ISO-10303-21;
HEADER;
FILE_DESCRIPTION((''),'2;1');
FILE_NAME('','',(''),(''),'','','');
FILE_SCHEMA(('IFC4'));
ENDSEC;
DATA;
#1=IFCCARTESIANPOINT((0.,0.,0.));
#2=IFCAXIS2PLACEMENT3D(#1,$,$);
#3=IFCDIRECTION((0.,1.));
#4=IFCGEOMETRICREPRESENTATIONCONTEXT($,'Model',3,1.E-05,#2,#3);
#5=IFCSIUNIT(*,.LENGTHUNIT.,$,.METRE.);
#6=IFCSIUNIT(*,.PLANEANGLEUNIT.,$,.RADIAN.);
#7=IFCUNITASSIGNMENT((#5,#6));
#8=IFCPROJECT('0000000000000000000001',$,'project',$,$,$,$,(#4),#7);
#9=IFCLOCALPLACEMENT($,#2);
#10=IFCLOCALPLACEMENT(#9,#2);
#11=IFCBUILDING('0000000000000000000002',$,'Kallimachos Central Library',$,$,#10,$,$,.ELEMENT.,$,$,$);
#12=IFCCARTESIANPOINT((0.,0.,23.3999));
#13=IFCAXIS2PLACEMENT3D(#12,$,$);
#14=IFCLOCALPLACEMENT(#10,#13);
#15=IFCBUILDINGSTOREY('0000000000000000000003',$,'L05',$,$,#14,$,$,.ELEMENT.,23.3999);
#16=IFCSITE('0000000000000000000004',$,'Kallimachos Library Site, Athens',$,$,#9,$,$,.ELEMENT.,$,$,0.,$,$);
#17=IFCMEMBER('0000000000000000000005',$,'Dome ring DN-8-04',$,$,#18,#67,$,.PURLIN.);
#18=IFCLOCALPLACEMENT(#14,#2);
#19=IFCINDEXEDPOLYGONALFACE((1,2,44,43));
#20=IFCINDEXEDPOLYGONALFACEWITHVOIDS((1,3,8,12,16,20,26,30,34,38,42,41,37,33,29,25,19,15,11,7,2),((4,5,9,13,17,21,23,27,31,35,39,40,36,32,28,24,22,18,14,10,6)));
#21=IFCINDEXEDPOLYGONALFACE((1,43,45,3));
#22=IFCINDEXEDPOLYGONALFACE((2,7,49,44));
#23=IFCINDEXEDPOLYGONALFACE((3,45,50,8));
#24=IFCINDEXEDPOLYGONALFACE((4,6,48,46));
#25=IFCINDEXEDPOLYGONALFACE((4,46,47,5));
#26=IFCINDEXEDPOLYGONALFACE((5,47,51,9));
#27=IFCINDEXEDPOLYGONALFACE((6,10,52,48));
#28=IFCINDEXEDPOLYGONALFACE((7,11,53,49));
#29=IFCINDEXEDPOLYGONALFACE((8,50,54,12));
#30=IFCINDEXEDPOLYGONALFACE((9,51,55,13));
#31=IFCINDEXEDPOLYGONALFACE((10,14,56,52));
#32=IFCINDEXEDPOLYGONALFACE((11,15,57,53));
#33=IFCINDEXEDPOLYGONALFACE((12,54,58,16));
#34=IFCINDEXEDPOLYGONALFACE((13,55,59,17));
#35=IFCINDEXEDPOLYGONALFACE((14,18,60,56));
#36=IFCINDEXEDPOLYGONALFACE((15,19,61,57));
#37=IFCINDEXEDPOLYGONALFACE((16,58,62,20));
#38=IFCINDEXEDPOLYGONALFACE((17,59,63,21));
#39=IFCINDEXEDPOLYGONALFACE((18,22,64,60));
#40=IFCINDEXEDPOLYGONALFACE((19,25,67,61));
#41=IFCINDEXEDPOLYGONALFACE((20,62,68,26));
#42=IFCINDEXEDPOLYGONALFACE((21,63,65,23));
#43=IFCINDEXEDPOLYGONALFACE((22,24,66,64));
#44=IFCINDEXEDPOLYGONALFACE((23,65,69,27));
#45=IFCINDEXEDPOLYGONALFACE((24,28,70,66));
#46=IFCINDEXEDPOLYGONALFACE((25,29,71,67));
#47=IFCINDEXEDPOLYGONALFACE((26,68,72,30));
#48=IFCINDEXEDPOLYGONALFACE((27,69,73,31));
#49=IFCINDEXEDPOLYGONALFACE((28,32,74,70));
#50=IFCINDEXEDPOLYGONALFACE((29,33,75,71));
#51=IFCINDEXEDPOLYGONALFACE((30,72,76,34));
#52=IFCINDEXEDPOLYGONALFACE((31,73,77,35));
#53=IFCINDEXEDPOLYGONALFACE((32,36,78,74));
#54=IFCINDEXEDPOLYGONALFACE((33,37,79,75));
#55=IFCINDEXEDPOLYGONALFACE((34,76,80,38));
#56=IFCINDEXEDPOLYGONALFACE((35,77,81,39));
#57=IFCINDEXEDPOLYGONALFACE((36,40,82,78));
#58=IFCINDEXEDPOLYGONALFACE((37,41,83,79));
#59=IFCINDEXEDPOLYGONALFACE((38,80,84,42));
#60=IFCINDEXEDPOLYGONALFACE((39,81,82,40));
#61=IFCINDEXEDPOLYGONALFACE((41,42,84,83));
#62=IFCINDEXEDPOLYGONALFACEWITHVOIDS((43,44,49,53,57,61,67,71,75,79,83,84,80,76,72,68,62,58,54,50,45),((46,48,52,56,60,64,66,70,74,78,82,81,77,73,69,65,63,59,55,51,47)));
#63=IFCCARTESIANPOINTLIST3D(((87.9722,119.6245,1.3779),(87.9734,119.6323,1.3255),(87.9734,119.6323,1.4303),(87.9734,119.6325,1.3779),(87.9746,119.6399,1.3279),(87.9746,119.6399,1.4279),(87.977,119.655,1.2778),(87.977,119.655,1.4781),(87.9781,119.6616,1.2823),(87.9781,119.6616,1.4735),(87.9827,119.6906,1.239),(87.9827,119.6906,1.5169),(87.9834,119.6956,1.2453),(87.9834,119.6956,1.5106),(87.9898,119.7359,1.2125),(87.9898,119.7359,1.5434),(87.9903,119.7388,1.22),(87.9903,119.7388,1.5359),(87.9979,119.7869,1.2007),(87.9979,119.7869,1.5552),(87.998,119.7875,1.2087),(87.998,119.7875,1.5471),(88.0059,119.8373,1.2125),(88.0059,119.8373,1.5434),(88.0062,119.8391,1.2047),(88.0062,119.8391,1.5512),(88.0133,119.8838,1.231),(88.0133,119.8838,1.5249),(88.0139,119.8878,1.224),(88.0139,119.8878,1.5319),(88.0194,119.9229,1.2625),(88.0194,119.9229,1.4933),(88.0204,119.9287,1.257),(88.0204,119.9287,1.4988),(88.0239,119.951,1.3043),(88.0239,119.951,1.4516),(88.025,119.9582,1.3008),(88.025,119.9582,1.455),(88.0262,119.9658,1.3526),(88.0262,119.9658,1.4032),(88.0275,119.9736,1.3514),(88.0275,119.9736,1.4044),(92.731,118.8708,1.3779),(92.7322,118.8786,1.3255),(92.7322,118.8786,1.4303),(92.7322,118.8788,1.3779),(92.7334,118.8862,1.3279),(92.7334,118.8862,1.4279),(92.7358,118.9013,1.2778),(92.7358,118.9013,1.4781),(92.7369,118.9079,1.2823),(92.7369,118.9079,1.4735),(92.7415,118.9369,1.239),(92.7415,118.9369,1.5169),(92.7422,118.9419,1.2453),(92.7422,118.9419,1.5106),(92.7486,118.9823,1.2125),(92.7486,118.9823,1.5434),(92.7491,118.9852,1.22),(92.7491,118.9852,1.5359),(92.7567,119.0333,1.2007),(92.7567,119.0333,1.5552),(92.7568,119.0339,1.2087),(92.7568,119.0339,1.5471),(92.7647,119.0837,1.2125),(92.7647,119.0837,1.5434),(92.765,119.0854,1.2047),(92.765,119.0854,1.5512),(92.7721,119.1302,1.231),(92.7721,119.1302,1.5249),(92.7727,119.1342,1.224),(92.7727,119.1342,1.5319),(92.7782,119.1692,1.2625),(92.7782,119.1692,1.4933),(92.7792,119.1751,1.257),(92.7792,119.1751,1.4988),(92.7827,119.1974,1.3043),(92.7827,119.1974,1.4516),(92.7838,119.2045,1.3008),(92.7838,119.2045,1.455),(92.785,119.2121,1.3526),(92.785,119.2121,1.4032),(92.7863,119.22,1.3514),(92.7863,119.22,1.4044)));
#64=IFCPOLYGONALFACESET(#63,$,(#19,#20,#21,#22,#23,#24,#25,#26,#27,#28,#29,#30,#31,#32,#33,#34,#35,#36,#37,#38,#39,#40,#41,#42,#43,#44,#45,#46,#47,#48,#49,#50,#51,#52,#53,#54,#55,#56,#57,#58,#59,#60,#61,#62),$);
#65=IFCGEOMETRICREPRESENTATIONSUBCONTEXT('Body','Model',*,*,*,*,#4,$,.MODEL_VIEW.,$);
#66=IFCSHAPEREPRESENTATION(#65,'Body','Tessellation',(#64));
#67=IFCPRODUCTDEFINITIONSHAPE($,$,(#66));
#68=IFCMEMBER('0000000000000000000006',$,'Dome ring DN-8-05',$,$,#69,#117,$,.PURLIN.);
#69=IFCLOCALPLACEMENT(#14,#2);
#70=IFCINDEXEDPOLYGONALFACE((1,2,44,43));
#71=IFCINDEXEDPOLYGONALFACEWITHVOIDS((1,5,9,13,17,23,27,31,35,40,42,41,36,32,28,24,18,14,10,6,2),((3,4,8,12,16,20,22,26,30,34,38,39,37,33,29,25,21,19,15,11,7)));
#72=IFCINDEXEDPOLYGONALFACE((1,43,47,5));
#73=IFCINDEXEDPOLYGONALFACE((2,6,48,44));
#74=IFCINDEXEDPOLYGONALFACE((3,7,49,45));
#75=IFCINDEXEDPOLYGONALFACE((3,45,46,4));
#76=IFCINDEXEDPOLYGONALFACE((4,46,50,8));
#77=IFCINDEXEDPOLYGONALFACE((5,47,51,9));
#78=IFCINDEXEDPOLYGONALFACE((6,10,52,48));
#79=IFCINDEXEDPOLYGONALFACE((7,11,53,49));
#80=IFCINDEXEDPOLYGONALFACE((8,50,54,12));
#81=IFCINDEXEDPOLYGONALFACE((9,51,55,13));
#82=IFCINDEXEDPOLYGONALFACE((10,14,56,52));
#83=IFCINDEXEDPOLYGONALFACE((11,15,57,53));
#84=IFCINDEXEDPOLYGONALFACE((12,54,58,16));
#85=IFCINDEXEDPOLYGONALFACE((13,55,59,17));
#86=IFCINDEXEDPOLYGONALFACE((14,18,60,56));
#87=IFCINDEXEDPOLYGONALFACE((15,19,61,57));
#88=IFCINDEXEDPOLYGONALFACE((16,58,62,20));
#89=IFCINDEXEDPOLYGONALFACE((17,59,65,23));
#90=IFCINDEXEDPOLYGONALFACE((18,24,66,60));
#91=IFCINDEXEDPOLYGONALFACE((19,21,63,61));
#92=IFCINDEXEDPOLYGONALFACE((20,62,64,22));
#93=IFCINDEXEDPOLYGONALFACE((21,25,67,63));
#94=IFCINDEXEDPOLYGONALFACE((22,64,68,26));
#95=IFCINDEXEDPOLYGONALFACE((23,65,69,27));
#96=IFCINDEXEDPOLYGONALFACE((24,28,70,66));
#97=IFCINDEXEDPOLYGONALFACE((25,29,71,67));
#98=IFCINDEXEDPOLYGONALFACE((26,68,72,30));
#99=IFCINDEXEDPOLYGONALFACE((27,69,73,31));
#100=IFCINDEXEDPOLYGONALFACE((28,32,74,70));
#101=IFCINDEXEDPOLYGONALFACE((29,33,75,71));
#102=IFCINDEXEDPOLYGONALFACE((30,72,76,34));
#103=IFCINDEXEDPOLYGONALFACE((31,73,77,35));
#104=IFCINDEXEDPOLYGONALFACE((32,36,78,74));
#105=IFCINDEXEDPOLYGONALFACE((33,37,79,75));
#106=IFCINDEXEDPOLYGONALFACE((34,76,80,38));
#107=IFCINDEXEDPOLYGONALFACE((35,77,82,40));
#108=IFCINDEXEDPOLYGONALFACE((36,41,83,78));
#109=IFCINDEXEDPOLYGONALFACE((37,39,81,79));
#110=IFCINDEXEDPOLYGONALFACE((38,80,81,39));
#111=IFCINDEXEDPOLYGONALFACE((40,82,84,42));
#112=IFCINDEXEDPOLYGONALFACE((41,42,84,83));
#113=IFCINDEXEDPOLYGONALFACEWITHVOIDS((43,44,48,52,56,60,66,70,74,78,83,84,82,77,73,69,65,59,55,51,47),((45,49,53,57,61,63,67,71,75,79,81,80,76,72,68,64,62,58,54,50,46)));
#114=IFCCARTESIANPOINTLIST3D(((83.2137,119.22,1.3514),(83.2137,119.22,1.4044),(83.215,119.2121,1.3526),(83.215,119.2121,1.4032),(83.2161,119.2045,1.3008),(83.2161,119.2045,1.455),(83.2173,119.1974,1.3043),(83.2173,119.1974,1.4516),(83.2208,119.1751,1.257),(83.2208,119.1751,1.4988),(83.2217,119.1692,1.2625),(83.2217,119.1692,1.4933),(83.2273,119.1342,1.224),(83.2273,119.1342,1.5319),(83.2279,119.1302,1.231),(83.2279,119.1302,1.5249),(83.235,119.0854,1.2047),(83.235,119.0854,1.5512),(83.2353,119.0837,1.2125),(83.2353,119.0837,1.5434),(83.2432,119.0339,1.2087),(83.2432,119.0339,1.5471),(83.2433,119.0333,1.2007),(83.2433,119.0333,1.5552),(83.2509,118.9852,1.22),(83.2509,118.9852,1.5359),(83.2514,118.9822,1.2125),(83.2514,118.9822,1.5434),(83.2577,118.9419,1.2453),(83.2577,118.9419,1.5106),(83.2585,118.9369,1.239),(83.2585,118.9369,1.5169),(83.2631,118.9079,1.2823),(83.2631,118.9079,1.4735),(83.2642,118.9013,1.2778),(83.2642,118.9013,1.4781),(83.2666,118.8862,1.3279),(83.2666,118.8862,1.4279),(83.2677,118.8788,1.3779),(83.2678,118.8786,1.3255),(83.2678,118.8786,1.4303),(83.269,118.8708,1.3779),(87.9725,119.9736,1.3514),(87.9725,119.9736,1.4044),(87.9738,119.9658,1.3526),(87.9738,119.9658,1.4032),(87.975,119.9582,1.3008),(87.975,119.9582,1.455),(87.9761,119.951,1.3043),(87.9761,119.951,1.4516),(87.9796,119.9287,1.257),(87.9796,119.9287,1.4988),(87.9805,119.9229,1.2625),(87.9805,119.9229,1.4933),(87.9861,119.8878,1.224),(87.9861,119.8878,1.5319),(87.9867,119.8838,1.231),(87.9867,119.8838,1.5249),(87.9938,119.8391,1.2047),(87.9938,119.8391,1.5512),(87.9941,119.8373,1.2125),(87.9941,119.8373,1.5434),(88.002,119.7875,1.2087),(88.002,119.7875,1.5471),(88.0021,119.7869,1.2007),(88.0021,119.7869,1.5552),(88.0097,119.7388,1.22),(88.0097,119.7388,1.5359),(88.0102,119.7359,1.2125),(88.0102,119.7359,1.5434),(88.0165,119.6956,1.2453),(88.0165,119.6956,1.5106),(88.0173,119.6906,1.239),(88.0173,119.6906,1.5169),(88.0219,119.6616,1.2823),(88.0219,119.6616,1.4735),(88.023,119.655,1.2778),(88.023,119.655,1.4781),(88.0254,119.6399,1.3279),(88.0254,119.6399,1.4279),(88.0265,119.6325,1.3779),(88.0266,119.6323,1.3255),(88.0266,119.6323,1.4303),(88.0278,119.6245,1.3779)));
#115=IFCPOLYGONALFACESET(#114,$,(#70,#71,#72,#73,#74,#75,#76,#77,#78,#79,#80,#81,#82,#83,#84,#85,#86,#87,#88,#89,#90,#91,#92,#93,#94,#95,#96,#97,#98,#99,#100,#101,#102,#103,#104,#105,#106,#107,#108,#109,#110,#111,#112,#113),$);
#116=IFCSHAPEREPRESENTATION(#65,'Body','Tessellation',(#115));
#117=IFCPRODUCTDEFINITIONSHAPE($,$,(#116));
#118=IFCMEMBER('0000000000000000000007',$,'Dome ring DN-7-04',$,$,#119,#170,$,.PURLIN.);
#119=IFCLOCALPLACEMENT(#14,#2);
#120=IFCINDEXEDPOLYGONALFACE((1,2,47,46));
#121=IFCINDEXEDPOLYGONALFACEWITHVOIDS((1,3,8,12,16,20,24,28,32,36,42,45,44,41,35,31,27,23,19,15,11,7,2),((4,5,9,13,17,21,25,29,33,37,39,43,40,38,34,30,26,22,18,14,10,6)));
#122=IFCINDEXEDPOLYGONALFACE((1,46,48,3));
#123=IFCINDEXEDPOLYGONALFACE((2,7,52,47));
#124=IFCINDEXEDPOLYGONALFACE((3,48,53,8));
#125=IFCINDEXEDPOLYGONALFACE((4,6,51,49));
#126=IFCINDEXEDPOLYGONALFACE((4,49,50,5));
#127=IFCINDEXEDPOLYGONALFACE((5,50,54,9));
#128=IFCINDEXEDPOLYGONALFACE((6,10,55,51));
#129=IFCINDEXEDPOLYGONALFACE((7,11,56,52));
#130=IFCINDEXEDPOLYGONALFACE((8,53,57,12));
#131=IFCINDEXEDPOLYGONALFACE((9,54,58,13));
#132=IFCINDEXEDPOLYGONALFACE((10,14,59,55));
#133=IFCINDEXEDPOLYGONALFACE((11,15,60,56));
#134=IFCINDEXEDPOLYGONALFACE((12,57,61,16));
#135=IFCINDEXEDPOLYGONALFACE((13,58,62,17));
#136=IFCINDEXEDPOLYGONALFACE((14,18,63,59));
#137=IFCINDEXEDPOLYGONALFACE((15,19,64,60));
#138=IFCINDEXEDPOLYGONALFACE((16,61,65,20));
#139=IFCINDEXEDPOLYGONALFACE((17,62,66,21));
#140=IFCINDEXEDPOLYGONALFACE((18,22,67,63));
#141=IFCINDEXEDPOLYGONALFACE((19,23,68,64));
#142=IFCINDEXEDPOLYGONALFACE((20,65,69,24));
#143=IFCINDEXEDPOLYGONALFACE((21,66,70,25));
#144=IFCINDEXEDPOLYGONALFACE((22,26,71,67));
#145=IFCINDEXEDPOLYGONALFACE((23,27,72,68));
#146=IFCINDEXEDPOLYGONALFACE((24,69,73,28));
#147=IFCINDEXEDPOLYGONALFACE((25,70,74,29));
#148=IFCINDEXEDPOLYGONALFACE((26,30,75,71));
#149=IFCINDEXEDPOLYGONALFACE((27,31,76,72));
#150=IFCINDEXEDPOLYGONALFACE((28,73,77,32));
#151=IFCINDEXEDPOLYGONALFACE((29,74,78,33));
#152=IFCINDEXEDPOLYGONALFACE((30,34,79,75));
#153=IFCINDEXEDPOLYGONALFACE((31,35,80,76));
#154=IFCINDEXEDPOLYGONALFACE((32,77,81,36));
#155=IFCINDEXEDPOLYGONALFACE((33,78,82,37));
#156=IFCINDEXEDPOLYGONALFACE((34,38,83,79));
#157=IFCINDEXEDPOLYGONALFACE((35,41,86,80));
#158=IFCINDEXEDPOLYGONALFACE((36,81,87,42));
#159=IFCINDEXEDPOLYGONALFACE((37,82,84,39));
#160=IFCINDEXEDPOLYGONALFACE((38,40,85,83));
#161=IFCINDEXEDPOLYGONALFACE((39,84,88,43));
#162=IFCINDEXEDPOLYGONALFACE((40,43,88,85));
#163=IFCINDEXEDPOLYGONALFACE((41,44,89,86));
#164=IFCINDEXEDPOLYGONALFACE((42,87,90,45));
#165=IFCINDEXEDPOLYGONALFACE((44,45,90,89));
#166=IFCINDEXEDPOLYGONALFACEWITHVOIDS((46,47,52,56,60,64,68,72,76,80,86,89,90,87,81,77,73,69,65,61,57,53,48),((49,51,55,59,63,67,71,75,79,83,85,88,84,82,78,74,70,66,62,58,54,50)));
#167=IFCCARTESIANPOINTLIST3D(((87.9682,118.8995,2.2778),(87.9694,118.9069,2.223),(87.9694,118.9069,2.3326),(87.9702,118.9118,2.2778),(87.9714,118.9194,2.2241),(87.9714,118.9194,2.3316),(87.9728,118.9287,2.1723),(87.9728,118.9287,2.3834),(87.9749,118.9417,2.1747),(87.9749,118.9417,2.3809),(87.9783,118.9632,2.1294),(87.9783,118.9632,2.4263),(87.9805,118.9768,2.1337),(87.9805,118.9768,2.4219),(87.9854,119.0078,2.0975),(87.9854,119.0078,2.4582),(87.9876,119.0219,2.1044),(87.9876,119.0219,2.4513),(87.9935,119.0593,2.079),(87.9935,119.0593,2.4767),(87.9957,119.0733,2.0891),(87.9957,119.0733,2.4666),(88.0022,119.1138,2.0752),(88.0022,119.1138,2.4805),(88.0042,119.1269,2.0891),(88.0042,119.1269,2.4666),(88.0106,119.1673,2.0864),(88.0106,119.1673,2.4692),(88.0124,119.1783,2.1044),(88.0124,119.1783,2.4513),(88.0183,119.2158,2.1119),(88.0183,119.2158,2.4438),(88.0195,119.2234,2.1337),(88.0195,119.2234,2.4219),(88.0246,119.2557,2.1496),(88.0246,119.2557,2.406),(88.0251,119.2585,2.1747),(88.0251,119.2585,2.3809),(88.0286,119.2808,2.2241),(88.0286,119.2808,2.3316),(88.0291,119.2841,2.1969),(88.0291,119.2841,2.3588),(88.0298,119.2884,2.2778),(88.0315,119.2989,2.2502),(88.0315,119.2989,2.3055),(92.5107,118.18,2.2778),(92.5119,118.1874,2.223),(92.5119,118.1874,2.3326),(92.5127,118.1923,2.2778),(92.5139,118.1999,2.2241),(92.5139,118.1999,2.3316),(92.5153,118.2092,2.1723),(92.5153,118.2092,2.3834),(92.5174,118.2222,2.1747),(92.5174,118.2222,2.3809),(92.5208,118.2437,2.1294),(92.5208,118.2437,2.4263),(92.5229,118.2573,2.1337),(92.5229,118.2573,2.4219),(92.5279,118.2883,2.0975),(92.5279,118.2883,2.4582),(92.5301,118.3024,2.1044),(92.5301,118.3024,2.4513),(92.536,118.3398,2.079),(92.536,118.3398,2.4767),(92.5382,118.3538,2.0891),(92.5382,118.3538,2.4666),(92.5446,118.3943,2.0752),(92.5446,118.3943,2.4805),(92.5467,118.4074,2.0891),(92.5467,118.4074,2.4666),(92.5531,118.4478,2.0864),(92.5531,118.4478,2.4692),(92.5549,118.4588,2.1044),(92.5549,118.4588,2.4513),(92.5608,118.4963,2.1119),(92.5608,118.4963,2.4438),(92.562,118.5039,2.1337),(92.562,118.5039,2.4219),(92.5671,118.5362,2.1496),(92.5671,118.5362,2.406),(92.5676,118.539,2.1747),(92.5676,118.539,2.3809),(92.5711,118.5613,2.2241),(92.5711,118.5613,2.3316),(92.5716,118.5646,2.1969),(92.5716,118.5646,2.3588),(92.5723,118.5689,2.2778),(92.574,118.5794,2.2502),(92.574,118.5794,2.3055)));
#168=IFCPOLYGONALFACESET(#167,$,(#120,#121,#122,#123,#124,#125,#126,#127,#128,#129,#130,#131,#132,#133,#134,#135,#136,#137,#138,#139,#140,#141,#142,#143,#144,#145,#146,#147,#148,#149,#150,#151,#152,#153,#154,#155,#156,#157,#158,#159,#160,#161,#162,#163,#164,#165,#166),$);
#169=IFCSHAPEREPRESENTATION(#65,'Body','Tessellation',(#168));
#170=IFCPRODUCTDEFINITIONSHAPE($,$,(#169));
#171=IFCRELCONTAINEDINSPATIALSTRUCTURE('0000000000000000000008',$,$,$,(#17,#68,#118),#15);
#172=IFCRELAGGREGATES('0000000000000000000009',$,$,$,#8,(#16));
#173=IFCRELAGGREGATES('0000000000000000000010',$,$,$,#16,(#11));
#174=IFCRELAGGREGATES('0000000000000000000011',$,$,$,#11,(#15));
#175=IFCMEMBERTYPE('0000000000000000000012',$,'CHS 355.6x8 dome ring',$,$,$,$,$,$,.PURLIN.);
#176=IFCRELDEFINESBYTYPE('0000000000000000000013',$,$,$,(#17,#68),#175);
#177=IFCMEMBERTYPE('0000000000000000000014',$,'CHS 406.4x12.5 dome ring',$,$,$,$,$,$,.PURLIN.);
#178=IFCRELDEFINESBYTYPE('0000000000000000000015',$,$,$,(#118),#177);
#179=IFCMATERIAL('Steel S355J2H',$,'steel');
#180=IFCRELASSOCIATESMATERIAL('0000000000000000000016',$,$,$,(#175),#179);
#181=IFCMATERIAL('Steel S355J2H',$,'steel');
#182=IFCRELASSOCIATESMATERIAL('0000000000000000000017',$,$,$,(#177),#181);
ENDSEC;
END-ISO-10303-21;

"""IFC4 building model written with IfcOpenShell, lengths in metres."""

from ifc_helpers import new_model, si_unit, direction, frame, origin, origin_2d, place, context, subcontext, project, spatial, hollow_circle, extrude, material, material_profile, profile_set, type_object, element, save


model = new_model("IFC4")

# Units and contexts
model_context = context("Model", 3, precision=1e-05, world=origin(), true_north=direction((0.0, 1.0)))
body_context = subcontext(model_context, "Body", "Model", "MODEL_VIEW")
ifc_project = project(units=[si_unit("LENGTHUNIT", "METRE"), si_unit("PLANEANGLEUNIT", "RADIAN")], contexts=[model_context])

# Site, building, storey
site_placement = place(None, origin())
site = spatial("IfcSite", under=ifc_project, at=site_placement, Name="Kallimachos Library Site, Athens", CompositionType="ELEMENT", RefElevation=0.0)
building_placement = place(site_placement, origin())
building = spatial("IfcBuilding", under=site, at=building_placement, Name="Kallimachos Central Library", CompositionType="ELEMENT")
storey_placement = place(building_placement, frame((0.0, 0.0, 23.3999)))
storey = spatial("IfcBuildingStorey", under=building, at=storey_placement, Name="L05", CompositionType="ELEMENT", Elevation=23.3999)

# Members
ifc_material_1 = material(Name="Steel S355J2H", Category="steel")
ifc_material_profile_1 = material_profile(ifc_material_1, hollow_circle(Radius=0.1777, WallThickness=0.0081, at=origin_2d()), Name="CHS 355.6x8")
ifc_profile_set_1 = profile_set([ifc_material_profile_1], Name="Steel S355J2H")
member_type_1 = type_object("IfcMemberType", Name="CHS 355.6x8 dome ring", PredefinedType="PURLIN", material=ifc_profile_set_1)
for number, where, z_axis, x_axis, name in (
    (1, (92.7588, 119.0464, 1.3779), (-0.98769, 0.156423, 0.0), (-0.156423, -0.98769, 0.0), "Dome ring DN-8-04"),
    (2, (88.0, 119.8, 1.3779), (-0.98769, -0.156423, 0.0), (0.156423, -0.98769, 0.0), "Dome ring DN-8-05"),
):
    element("IfcMember", number, at=place(storey_placement, frame(where, z_axis=z_axis, x_axis=x_axis)), inside=storey, type_object=member_type_1, Name=name, PredefinedType="PURLIN", context=body_context, shape_type="SweptSolid", body=[
        extrude(hollow_circle(Radius=0.1777, WallThickness=0.0081, at=origin_2d()), origin(), (0.0, 0.0, 1.0), 4.8181),
    ])
ifc_material_2 = material(Name="Steel S355J2H", Category="steel")
ifc_material_profile_2 = material_profile(ifc_material_2, hollow_circle(Radius=0.2031, WallThickness=0.0125, at=origin_2d()), Name="CHS 406.4x12.5")
ifc_profile_set_2 = profile_set([ifc_material_profile_2], Name="Steel S355J2H")
member_type_2 = type_object("IfcMemberType", Name="CHS 406.4x12.5 dome ring", PredefinedType="PURLIN", material=ifc_profile_set_2)
for number, where, z_axis, x_axis, name in (
    (3, (92.5425, 118.3806, 2.2778), (-0.987688, 0.15644, 0.0), (-0.15644, -0.987688, 0.0), "Dome ring DN-7-04"),
):
    element("IfcMember", number, at=place(storey_placement, frame(where, z_axis=z_axis, x_axis=x_axis)), inside=storey, type_object=member_type_2, Name=name, PredefinedType="PURLIN", context=body_context, shape_type="SweptSolid", body=[
        extrude(hollow_circle(Radius=0.2031, WallThickness=0.0125, at=origin_2d()), origin(), (0.0, 0.0, 1.0), 4.5991),
    ])

save(model, "model.ifc")
